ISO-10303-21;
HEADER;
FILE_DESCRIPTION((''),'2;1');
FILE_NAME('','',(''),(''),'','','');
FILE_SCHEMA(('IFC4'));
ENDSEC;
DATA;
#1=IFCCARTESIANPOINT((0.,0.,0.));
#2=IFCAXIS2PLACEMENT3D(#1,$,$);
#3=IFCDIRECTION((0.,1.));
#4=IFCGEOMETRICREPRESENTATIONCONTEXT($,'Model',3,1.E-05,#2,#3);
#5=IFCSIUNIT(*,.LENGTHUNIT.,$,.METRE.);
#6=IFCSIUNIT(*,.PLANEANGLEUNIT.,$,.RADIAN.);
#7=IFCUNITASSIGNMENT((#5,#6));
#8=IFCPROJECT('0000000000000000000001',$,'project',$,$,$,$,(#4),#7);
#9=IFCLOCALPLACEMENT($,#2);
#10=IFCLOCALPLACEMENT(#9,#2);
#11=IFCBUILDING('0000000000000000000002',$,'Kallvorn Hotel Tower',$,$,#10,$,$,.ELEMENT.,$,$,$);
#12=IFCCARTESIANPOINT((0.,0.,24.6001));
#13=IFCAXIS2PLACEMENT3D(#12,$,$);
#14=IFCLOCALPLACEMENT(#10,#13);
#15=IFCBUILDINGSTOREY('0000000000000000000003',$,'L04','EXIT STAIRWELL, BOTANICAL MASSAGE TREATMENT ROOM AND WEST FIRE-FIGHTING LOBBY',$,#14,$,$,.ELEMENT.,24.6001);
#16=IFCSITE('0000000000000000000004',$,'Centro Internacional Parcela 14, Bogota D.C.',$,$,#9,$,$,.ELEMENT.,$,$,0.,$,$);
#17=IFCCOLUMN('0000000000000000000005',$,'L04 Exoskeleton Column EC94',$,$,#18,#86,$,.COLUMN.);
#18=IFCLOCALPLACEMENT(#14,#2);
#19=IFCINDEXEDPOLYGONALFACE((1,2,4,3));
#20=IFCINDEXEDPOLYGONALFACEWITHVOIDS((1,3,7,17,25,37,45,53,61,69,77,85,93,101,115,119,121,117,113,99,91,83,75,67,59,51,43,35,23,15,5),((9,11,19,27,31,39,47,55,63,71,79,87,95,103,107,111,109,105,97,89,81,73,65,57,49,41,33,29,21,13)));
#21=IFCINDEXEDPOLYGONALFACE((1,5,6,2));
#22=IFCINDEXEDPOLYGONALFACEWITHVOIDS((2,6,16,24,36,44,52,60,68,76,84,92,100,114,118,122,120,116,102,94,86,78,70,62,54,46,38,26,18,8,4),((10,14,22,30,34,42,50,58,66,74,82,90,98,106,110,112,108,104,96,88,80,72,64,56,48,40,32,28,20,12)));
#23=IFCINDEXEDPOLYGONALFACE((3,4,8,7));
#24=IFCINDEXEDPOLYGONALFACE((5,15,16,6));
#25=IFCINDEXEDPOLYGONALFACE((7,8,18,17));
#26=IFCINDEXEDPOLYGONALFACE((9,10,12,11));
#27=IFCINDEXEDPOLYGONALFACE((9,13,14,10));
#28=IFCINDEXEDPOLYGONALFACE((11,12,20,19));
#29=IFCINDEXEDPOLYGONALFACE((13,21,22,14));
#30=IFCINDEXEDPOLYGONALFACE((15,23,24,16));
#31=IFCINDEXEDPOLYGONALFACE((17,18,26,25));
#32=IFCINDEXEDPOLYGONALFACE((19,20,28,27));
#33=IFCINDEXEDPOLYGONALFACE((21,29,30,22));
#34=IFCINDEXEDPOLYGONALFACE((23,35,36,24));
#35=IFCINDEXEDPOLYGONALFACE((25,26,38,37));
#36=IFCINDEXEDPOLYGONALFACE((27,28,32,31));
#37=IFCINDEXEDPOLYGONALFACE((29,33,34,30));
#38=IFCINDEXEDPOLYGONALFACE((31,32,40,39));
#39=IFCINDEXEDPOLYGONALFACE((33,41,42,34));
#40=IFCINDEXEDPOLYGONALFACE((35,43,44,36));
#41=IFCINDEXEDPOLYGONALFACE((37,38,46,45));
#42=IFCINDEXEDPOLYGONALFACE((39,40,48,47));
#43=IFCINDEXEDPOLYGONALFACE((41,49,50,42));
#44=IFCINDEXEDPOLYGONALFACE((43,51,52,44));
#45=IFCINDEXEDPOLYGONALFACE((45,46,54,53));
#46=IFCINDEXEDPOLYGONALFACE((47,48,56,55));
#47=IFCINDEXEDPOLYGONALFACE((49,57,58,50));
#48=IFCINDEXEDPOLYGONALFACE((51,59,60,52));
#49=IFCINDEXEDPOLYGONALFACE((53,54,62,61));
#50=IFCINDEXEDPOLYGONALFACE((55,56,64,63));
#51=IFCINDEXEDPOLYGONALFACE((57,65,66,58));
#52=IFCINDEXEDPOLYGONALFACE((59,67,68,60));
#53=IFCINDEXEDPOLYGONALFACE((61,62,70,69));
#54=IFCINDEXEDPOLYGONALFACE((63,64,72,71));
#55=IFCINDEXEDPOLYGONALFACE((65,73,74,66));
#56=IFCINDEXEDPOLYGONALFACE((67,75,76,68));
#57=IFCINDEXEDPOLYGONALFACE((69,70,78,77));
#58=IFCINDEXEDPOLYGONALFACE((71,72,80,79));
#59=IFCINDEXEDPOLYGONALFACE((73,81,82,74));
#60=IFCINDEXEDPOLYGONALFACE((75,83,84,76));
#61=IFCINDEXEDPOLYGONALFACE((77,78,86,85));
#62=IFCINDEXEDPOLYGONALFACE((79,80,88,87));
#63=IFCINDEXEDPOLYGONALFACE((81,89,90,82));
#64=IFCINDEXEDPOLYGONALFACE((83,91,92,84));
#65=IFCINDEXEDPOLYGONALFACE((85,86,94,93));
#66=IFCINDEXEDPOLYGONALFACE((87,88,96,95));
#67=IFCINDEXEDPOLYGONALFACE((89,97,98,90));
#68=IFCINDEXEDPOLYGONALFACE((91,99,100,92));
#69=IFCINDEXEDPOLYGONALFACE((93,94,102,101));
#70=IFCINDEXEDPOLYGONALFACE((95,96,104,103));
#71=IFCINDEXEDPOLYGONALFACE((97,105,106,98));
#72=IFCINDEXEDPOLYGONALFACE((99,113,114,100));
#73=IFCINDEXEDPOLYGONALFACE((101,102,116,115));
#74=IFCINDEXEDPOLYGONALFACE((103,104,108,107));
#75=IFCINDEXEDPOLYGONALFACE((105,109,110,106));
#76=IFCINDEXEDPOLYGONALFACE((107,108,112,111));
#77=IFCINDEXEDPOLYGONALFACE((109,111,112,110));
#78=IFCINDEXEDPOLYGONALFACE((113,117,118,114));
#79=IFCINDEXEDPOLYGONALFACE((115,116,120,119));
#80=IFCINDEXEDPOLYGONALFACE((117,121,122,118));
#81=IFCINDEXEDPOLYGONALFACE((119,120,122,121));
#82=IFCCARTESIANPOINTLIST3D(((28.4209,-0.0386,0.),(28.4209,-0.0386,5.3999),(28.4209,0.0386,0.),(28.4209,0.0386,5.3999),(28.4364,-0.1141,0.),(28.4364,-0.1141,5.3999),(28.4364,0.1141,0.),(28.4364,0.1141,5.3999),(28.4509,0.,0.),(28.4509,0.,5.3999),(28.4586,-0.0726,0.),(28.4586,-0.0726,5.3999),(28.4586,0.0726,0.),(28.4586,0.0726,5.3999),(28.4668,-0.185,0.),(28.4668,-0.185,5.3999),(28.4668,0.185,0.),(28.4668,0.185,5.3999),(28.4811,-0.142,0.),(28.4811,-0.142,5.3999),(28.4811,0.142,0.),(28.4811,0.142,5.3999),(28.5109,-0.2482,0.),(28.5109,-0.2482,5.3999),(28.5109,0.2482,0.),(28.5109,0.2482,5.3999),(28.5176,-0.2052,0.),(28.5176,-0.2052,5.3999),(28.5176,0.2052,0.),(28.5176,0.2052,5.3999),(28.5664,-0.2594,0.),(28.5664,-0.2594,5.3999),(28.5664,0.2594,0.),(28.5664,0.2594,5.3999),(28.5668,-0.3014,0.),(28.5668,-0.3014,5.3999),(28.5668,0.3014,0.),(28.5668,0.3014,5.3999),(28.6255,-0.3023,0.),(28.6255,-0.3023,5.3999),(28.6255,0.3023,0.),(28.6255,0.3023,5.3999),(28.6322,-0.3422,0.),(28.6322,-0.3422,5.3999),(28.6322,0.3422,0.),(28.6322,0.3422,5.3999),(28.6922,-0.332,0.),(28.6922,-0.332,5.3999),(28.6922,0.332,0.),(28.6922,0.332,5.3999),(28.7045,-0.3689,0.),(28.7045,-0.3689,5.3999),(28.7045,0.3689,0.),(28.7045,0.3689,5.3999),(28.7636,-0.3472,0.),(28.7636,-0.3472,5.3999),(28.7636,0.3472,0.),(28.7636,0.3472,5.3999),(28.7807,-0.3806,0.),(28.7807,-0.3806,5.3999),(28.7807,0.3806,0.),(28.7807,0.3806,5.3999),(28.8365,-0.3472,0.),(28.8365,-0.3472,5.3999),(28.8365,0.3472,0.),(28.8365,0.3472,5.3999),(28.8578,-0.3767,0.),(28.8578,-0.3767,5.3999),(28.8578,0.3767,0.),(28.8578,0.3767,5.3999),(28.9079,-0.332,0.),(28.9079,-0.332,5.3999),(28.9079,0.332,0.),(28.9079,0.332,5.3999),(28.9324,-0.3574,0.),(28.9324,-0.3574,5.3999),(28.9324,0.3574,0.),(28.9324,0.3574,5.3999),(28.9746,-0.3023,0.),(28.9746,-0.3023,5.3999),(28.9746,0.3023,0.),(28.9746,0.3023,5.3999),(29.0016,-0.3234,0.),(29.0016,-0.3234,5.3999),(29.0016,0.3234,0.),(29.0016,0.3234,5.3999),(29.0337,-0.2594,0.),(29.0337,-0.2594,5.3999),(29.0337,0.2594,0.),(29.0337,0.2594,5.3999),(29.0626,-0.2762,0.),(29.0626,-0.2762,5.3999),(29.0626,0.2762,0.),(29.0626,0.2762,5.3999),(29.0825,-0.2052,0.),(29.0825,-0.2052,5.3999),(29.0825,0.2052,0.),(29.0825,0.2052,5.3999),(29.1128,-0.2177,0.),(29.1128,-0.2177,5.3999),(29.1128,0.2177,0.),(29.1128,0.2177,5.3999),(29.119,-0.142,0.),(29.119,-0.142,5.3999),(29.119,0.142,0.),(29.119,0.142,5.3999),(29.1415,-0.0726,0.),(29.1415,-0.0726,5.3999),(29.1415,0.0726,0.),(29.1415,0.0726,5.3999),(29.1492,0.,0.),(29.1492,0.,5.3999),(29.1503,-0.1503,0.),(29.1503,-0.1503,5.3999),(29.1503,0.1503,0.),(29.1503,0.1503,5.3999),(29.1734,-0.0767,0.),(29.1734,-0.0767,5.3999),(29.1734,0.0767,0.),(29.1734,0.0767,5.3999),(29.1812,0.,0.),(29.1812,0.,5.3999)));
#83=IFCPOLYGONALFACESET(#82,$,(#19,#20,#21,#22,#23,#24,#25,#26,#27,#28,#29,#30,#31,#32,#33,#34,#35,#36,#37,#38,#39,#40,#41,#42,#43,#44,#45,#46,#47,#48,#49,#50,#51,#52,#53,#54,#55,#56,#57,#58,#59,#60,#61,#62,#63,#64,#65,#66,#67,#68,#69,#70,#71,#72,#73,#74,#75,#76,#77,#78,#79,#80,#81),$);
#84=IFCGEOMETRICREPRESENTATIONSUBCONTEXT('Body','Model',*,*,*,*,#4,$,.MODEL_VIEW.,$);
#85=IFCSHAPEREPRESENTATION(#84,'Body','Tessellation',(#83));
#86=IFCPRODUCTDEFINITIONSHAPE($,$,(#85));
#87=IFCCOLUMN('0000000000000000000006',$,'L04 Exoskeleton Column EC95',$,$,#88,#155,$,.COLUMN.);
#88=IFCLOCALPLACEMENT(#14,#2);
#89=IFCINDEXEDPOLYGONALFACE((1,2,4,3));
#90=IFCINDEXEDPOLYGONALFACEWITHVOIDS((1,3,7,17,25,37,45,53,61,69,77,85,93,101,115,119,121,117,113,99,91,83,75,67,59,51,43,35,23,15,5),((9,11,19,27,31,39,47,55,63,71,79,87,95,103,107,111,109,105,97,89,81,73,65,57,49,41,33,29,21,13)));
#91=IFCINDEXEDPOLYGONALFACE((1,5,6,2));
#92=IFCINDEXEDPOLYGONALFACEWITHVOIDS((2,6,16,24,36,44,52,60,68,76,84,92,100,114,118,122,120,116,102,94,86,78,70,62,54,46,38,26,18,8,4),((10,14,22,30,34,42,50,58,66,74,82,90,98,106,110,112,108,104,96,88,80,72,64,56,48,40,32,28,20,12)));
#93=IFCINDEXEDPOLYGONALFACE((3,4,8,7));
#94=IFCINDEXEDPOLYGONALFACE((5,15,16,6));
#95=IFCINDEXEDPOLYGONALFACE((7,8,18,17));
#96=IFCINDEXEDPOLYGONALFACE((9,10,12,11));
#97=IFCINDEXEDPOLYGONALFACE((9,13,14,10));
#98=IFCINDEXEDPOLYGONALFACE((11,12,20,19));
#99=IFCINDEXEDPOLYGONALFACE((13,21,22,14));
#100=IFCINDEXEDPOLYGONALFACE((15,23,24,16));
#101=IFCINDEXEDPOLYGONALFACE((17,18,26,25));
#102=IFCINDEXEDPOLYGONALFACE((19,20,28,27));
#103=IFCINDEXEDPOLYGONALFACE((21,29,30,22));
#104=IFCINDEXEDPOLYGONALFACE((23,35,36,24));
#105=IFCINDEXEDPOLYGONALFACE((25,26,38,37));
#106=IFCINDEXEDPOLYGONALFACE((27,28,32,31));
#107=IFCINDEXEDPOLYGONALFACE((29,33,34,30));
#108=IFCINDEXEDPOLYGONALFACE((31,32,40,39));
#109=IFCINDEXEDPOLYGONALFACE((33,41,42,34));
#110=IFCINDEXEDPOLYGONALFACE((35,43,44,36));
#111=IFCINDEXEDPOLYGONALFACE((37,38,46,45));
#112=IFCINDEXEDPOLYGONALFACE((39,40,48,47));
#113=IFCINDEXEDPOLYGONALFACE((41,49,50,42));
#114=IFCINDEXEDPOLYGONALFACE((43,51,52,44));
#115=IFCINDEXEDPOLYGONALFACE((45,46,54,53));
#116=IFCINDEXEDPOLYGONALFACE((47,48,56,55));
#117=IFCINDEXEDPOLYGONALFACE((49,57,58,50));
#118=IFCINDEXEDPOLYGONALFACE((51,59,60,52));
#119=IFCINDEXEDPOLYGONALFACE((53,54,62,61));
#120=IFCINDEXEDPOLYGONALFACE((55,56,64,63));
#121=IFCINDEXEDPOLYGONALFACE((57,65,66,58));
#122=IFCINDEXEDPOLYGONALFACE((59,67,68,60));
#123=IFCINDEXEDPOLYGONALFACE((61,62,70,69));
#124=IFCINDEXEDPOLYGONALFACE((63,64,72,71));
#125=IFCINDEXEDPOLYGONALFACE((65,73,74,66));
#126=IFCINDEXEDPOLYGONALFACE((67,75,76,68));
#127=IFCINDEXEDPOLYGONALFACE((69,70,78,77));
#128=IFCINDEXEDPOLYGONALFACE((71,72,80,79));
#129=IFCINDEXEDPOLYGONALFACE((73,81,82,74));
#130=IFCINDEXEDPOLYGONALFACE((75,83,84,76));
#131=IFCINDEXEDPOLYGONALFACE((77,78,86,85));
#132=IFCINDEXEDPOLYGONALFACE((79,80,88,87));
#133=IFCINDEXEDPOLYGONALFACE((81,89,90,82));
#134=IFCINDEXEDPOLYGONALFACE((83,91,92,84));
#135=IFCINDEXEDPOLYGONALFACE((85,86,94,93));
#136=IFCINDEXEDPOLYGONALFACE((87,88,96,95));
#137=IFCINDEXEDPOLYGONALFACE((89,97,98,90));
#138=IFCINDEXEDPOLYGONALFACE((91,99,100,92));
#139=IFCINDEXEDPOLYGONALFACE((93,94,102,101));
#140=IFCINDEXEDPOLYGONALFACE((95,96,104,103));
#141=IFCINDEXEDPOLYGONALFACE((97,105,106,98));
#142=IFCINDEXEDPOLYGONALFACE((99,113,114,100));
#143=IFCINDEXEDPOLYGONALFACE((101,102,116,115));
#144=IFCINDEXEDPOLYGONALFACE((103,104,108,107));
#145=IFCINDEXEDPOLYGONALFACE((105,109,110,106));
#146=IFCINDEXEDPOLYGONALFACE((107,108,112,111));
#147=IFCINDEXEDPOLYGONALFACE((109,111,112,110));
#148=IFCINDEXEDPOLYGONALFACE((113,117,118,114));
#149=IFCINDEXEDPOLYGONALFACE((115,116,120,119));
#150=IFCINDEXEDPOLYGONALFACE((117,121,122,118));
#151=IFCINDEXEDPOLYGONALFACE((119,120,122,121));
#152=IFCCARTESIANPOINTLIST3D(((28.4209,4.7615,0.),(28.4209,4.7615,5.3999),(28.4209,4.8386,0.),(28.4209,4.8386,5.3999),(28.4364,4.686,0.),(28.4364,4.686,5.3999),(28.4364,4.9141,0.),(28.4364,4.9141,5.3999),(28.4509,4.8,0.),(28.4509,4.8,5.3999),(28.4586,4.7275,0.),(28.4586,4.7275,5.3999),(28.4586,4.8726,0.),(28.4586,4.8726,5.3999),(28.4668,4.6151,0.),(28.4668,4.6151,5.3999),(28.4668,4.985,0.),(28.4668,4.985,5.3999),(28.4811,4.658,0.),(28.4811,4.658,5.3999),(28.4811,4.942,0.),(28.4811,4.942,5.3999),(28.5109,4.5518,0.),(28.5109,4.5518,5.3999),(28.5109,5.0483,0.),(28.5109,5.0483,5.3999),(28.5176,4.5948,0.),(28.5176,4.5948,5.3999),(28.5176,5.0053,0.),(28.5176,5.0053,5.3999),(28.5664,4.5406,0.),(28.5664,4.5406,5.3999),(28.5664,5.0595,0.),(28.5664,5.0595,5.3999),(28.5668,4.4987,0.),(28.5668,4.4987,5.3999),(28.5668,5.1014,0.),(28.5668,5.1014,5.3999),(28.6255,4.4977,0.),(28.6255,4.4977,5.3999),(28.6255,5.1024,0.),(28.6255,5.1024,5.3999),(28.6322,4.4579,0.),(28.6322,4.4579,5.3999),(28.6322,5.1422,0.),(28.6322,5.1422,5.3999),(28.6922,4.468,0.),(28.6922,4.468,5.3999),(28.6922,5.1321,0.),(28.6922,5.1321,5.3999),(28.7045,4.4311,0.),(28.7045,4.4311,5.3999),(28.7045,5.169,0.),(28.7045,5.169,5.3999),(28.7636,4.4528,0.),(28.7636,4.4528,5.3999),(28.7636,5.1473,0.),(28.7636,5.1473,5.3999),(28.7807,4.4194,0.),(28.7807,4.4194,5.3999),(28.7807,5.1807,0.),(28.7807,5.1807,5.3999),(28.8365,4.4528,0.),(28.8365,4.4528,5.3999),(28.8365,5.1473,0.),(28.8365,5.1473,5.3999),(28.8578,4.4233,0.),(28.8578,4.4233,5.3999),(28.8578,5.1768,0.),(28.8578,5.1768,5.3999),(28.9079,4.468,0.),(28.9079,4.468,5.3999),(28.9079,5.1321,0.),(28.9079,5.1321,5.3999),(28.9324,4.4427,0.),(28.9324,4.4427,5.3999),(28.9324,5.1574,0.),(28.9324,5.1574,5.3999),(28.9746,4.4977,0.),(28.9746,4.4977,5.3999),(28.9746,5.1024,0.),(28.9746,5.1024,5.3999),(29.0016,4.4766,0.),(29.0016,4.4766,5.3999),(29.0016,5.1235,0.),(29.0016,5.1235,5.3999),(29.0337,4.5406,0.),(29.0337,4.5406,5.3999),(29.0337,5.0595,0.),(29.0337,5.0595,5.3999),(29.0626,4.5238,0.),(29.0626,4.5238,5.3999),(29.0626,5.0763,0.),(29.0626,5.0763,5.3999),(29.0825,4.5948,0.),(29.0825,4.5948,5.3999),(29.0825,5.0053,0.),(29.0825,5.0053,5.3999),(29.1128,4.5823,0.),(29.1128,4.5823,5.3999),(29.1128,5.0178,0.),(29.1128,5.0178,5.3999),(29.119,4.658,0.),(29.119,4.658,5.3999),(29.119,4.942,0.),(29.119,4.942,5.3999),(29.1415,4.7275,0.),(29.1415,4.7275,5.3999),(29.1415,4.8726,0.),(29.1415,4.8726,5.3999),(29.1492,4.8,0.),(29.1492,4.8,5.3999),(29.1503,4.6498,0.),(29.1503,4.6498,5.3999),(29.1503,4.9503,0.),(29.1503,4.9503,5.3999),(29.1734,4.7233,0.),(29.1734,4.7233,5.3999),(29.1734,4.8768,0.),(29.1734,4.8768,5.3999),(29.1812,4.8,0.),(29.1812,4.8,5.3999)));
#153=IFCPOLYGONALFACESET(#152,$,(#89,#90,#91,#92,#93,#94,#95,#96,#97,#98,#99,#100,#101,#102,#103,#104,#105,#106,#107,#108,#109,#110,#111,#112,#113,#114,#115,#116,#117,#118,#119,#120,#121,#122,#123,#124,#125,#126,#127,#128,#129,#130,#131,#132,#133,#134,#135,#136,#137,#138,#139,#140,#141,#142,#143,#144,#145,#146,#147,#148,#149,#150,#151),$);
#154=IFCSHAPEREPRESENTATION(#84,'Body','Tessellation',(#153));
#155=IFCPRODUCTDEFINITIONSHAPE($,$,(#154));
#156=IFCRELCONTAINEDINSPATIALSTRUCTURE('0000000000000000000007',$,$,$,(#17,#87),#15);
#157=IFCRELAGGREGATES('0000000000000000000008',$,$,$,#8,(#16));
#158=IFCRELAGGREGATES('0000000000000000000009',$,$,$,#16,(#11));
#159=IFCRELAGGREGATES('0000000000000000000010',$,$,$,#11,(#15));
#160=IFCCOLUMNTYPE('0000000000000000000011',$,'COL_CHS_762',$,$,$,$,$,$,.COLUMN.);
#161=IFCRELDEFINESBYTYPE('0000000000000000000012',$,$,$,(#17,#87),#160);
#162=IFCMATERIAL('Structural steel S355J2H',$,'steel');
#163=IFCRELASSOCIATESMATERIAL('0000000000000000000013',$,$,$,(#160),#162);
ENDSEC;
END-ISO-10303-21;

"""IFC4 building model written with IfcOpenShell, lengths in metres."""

from ifc_helpers import new_model, si_unit, direction, frame, origin, origin_2d, place, context, subcontext, project, spatial, hollow_circle, extrude, material, material_profile, profile_set, type_object, element, save


model = new_model("IFC4")

# Units and contexts
model_context = context("Model", 3, precision=1e-05, world=origin(), true_north=direction((0.0, 1.0)))
body_context = subcontext(model_context, "Body", "Model", "MODEL_VIEW")
ifc_project = project(units=[si_unit("LENGTHUNIT", "METRE"), si_unit("PLANEANGLEUNIT", "RADIAN")], contexts=[model_context])

# Site, building, storey
site_placement = place(None, origin())
site = spatial("IfcSite", under=ifc_project, at=site_placement, Name="Centro Internacional Parcela 14, Bogota D.C.", CompositionType="ELEMENT", RefElevation=0.0)
building_placement = place(site_placement, origin())
building = spatial("IfcBuilding", under=site, at=building_placement, Name="Kallvorn Hotel Tower", CompositionType="ELEMENT")
storey_placement = place(building_placement, frame((0.0, 0.0, 24.6001)))
storey = spatial("IfcBuildingStorey", under=building, at=storey_placement, Name="L04", Description="EXIT STAIRWELL, BOTANICAL MASSAGE TREATMENT ROOM AND WEST FIRE-FIGHTING LOBBY", CompositionType="ELEMENT", Elevation=24.6001)

# Columns
ifc_material_1 = material(Name="Structural steel S355J2H", Category="steel")
ifc_material_profile_1 = material_profile(ifc_material_1, hollow_circle(Radius=0.3811, WallThickness=0.032, at=origin_2d()), Name="CHS 762x32")
ifc_profile_set_1 = profile_set([ifc_material_profile_1], Name="Structural steel S355J2H")
column_type_1 = type_object("IfcColumnType", Name="COL_CHS_762", PredefinedType="COLUMN", material=ifc_profile_set_1)
for number, where, z_axis, x_axis, name in (
    (1, (28.8, 0.0, 0.0), (0.0, 0.0, 1.0), (1.0, 0.0, 0.0), "L04 Exoskeleton Column EC94"),
    (2, (28.8, 4.8, 0.0), (0.0, 0.0, 1.0), (1.0, 0.0, 0.0), "L04 Exoskeleton Column EC95"),
):
    element("IfcColumn", number, at=place(storey_placement, frame(where, z_axis=z_axis, x_axis=x_axis)), inside=storey, type_object=column_type_1, Name=name, PredefinedType="COLUMN", context=body_context, shape_type="SweptSolid", body=[
        extrude(hollow_circle(Radius=0.3811, WallThickness=0.032, at=origin_2d()), origin(), (0.0, 0.0, 1.0), 5.3999),
    ])

save(model, "model.ifc")
